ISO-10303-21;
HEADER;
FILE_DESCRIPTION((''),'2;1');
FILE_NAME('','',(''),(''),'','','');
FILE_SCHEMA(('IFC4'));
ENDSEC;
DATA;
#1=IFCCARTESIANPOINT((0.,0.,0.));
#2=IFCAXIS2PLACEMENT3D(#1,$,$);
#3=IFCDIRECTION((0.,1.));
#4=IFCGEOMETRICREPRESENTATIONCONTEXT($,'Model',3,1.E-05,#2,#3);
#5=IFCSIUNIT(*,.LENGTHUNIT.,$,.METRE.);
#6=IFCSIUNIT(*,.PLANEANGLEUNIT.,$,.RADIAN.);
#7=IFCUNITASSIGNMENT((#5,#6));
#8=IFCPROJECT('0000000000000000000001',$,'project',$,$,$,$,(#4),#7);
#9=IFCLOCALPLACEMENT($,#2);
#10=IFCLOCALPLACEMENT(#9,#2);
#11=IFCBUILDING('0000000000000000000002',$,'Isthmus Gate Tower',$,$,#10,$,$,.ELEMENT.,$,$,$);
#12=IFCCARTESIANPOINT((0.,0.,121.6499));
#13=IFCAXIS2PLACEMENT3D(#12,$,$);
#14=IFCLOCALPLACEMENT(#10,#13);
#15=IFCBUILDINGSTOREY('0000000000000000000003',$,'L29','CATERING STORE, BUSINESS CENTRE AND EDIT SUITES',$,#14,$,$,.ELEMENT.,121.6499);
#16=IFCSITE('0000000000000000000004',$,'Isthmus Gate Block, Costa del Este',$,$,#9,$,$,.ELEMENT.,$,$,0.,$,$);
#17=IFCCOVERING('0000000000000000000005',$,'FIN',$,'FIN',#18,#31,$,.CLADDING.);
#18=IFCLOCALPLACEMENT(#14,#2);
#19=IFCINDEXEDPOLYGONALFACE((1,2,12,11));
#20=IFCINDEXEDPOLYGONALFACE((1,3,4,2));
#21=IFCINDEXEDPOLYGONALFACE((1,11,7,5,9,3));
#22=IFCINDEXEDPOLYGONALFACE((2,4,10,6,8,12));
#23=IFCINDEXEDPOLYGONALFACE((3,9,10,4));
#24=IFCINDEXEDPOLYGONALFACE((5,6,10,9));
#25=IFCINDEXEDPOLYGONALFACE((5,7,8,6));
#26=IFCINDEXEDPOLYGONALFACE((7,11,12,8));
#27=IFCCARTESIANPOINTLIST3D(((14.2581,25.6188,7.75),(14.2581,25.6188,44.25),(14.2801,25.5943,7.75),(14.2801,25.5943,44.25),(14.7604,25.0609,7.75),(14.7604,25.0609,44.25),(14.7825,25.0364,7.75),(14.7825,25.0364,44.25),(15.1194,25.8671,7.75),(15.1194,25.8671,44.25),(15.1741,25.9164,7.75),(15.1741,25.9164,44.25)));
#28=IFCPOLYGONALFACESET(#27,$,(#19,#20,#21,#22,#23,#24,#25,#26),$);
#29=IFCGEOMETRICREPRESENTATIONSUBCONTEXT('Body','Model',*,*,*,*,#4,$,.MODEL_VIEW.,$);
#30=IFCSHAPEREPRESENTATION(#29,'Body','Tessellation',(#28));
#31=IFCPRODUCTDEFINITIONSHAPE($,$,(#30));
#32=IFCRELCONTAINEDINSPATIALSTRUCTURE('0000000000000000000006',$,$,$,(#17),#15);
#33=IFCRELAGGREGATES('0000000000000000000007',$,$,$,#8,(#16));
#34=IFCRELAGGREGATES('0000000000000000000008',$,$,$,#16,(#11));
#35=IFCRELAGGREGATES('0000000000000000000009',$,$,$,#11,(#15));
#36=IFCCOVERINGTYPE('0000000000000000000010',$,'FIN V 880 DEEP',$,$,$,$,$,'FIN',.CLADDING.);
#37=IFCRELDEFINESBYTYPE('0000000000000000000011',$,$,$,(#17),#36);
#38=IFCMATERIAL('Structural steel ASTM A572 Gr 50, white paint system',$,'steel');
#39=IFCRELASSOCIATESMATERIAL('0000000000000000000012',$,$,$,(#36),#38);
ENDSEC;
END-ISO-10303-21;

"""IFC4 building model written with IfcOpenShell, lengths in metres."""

from ifc_helpers import new_model, si_unit, direction, frame, origin, place, context, subcontext, project, spatial, polyline, outline, extrude, material, material_profile, profile_set, type_object, element, save


model = new_model("IFC4")

# Units and contexts
model_context = context("Model", 3, precision=1e-05, world=origin(), true_north=direction((0.0, 1.0)))
body_context = subcontext(model_context, "Body", "Model", "MODEL_VIEW")
ifc_project = project(units=[si_unit("LENGTHUNIT", "METRE"), si_unit("PLANEANGLEUNIT", "RADIAN")], contexts=[model_context])

# Site, building, storey
site_placement = place(None, origin())
site = spatial("IfcSite", under=ifc_project, at=site_placement, Name="Isthmus Gate Block, Costa del Este", CompositionType="ELEMENT", RefElevation=0.0)
building_placement = place(site_placement, origin())
building = spatial("IfcBuilding", under=site, at=building_placement, Name="Isthmus Gate Tower", CompositionType="ELEMENT")
storey_placement = place(building_placement, frame((0.0, 0.0, 121.6499)))
storey = spatial("IfcBuildingStorey", under=building, at=storey_placement, Name="L29", Description="CATERING STORE, BUSINESS CENTRE AND EDIT SUITES", CompositionType="ELEMENT", Elevation=121.6499)

# Covering
ifc_material_1 = material(Name="Structural steel ASTM A572 Gr 50, white paint system", Category="steel")
ifc_material_profile_1 = material_profile(ifc_material_1, outline(polyline([(0.0, -0.3918), (0.8799, 0.0), (0.0, 0.3918), (0.0, 0.3589), (0.8062, 0.0), (0.0, -0.3589), (0.0, -0.3918)])), Name="V880")
ifc_profile_set_1 = profile_set([ifc_material_profile_1], Name="Structural steel ASTM A572 Gr 50, white paint system")
covering_type_1 = type_object("IfcCoveringType", Name="FIN V 880 DEEP", ElementType="FIN", PredefinedType="CLADDING", material=ifc_profile_set_1)
for number, where, z_axis, x_axis, name in (
    (1, (14.5203, 25.3276, 7.75), (0.0, 0.0, 1.0), (0.743145, 0.669131, 0.0), "FIN"),
):
    element("IfcCovering", number, at=place(storey_placement, frame(where, z_axis=z_axis, x_axis=x_axis)), inside=storey, type_object=covering_type_1, Name=name, ObjectType="FIN", PredefinedType="CLADDING", context=body_context, shape_type="SweptSolid", body=[
        extrude(outline(polyline([(0.0, -0.3918), (0.8799, 0.0), (0.0, 0.3918), (0.0, 0.3589), (0.8062, 0.0), (0.0, -0.3589), (0.0, -0.3918)])), origin(), (0.0, 0.0, 1.0), 36.5),
    ])

save(model, "model.ifc")
